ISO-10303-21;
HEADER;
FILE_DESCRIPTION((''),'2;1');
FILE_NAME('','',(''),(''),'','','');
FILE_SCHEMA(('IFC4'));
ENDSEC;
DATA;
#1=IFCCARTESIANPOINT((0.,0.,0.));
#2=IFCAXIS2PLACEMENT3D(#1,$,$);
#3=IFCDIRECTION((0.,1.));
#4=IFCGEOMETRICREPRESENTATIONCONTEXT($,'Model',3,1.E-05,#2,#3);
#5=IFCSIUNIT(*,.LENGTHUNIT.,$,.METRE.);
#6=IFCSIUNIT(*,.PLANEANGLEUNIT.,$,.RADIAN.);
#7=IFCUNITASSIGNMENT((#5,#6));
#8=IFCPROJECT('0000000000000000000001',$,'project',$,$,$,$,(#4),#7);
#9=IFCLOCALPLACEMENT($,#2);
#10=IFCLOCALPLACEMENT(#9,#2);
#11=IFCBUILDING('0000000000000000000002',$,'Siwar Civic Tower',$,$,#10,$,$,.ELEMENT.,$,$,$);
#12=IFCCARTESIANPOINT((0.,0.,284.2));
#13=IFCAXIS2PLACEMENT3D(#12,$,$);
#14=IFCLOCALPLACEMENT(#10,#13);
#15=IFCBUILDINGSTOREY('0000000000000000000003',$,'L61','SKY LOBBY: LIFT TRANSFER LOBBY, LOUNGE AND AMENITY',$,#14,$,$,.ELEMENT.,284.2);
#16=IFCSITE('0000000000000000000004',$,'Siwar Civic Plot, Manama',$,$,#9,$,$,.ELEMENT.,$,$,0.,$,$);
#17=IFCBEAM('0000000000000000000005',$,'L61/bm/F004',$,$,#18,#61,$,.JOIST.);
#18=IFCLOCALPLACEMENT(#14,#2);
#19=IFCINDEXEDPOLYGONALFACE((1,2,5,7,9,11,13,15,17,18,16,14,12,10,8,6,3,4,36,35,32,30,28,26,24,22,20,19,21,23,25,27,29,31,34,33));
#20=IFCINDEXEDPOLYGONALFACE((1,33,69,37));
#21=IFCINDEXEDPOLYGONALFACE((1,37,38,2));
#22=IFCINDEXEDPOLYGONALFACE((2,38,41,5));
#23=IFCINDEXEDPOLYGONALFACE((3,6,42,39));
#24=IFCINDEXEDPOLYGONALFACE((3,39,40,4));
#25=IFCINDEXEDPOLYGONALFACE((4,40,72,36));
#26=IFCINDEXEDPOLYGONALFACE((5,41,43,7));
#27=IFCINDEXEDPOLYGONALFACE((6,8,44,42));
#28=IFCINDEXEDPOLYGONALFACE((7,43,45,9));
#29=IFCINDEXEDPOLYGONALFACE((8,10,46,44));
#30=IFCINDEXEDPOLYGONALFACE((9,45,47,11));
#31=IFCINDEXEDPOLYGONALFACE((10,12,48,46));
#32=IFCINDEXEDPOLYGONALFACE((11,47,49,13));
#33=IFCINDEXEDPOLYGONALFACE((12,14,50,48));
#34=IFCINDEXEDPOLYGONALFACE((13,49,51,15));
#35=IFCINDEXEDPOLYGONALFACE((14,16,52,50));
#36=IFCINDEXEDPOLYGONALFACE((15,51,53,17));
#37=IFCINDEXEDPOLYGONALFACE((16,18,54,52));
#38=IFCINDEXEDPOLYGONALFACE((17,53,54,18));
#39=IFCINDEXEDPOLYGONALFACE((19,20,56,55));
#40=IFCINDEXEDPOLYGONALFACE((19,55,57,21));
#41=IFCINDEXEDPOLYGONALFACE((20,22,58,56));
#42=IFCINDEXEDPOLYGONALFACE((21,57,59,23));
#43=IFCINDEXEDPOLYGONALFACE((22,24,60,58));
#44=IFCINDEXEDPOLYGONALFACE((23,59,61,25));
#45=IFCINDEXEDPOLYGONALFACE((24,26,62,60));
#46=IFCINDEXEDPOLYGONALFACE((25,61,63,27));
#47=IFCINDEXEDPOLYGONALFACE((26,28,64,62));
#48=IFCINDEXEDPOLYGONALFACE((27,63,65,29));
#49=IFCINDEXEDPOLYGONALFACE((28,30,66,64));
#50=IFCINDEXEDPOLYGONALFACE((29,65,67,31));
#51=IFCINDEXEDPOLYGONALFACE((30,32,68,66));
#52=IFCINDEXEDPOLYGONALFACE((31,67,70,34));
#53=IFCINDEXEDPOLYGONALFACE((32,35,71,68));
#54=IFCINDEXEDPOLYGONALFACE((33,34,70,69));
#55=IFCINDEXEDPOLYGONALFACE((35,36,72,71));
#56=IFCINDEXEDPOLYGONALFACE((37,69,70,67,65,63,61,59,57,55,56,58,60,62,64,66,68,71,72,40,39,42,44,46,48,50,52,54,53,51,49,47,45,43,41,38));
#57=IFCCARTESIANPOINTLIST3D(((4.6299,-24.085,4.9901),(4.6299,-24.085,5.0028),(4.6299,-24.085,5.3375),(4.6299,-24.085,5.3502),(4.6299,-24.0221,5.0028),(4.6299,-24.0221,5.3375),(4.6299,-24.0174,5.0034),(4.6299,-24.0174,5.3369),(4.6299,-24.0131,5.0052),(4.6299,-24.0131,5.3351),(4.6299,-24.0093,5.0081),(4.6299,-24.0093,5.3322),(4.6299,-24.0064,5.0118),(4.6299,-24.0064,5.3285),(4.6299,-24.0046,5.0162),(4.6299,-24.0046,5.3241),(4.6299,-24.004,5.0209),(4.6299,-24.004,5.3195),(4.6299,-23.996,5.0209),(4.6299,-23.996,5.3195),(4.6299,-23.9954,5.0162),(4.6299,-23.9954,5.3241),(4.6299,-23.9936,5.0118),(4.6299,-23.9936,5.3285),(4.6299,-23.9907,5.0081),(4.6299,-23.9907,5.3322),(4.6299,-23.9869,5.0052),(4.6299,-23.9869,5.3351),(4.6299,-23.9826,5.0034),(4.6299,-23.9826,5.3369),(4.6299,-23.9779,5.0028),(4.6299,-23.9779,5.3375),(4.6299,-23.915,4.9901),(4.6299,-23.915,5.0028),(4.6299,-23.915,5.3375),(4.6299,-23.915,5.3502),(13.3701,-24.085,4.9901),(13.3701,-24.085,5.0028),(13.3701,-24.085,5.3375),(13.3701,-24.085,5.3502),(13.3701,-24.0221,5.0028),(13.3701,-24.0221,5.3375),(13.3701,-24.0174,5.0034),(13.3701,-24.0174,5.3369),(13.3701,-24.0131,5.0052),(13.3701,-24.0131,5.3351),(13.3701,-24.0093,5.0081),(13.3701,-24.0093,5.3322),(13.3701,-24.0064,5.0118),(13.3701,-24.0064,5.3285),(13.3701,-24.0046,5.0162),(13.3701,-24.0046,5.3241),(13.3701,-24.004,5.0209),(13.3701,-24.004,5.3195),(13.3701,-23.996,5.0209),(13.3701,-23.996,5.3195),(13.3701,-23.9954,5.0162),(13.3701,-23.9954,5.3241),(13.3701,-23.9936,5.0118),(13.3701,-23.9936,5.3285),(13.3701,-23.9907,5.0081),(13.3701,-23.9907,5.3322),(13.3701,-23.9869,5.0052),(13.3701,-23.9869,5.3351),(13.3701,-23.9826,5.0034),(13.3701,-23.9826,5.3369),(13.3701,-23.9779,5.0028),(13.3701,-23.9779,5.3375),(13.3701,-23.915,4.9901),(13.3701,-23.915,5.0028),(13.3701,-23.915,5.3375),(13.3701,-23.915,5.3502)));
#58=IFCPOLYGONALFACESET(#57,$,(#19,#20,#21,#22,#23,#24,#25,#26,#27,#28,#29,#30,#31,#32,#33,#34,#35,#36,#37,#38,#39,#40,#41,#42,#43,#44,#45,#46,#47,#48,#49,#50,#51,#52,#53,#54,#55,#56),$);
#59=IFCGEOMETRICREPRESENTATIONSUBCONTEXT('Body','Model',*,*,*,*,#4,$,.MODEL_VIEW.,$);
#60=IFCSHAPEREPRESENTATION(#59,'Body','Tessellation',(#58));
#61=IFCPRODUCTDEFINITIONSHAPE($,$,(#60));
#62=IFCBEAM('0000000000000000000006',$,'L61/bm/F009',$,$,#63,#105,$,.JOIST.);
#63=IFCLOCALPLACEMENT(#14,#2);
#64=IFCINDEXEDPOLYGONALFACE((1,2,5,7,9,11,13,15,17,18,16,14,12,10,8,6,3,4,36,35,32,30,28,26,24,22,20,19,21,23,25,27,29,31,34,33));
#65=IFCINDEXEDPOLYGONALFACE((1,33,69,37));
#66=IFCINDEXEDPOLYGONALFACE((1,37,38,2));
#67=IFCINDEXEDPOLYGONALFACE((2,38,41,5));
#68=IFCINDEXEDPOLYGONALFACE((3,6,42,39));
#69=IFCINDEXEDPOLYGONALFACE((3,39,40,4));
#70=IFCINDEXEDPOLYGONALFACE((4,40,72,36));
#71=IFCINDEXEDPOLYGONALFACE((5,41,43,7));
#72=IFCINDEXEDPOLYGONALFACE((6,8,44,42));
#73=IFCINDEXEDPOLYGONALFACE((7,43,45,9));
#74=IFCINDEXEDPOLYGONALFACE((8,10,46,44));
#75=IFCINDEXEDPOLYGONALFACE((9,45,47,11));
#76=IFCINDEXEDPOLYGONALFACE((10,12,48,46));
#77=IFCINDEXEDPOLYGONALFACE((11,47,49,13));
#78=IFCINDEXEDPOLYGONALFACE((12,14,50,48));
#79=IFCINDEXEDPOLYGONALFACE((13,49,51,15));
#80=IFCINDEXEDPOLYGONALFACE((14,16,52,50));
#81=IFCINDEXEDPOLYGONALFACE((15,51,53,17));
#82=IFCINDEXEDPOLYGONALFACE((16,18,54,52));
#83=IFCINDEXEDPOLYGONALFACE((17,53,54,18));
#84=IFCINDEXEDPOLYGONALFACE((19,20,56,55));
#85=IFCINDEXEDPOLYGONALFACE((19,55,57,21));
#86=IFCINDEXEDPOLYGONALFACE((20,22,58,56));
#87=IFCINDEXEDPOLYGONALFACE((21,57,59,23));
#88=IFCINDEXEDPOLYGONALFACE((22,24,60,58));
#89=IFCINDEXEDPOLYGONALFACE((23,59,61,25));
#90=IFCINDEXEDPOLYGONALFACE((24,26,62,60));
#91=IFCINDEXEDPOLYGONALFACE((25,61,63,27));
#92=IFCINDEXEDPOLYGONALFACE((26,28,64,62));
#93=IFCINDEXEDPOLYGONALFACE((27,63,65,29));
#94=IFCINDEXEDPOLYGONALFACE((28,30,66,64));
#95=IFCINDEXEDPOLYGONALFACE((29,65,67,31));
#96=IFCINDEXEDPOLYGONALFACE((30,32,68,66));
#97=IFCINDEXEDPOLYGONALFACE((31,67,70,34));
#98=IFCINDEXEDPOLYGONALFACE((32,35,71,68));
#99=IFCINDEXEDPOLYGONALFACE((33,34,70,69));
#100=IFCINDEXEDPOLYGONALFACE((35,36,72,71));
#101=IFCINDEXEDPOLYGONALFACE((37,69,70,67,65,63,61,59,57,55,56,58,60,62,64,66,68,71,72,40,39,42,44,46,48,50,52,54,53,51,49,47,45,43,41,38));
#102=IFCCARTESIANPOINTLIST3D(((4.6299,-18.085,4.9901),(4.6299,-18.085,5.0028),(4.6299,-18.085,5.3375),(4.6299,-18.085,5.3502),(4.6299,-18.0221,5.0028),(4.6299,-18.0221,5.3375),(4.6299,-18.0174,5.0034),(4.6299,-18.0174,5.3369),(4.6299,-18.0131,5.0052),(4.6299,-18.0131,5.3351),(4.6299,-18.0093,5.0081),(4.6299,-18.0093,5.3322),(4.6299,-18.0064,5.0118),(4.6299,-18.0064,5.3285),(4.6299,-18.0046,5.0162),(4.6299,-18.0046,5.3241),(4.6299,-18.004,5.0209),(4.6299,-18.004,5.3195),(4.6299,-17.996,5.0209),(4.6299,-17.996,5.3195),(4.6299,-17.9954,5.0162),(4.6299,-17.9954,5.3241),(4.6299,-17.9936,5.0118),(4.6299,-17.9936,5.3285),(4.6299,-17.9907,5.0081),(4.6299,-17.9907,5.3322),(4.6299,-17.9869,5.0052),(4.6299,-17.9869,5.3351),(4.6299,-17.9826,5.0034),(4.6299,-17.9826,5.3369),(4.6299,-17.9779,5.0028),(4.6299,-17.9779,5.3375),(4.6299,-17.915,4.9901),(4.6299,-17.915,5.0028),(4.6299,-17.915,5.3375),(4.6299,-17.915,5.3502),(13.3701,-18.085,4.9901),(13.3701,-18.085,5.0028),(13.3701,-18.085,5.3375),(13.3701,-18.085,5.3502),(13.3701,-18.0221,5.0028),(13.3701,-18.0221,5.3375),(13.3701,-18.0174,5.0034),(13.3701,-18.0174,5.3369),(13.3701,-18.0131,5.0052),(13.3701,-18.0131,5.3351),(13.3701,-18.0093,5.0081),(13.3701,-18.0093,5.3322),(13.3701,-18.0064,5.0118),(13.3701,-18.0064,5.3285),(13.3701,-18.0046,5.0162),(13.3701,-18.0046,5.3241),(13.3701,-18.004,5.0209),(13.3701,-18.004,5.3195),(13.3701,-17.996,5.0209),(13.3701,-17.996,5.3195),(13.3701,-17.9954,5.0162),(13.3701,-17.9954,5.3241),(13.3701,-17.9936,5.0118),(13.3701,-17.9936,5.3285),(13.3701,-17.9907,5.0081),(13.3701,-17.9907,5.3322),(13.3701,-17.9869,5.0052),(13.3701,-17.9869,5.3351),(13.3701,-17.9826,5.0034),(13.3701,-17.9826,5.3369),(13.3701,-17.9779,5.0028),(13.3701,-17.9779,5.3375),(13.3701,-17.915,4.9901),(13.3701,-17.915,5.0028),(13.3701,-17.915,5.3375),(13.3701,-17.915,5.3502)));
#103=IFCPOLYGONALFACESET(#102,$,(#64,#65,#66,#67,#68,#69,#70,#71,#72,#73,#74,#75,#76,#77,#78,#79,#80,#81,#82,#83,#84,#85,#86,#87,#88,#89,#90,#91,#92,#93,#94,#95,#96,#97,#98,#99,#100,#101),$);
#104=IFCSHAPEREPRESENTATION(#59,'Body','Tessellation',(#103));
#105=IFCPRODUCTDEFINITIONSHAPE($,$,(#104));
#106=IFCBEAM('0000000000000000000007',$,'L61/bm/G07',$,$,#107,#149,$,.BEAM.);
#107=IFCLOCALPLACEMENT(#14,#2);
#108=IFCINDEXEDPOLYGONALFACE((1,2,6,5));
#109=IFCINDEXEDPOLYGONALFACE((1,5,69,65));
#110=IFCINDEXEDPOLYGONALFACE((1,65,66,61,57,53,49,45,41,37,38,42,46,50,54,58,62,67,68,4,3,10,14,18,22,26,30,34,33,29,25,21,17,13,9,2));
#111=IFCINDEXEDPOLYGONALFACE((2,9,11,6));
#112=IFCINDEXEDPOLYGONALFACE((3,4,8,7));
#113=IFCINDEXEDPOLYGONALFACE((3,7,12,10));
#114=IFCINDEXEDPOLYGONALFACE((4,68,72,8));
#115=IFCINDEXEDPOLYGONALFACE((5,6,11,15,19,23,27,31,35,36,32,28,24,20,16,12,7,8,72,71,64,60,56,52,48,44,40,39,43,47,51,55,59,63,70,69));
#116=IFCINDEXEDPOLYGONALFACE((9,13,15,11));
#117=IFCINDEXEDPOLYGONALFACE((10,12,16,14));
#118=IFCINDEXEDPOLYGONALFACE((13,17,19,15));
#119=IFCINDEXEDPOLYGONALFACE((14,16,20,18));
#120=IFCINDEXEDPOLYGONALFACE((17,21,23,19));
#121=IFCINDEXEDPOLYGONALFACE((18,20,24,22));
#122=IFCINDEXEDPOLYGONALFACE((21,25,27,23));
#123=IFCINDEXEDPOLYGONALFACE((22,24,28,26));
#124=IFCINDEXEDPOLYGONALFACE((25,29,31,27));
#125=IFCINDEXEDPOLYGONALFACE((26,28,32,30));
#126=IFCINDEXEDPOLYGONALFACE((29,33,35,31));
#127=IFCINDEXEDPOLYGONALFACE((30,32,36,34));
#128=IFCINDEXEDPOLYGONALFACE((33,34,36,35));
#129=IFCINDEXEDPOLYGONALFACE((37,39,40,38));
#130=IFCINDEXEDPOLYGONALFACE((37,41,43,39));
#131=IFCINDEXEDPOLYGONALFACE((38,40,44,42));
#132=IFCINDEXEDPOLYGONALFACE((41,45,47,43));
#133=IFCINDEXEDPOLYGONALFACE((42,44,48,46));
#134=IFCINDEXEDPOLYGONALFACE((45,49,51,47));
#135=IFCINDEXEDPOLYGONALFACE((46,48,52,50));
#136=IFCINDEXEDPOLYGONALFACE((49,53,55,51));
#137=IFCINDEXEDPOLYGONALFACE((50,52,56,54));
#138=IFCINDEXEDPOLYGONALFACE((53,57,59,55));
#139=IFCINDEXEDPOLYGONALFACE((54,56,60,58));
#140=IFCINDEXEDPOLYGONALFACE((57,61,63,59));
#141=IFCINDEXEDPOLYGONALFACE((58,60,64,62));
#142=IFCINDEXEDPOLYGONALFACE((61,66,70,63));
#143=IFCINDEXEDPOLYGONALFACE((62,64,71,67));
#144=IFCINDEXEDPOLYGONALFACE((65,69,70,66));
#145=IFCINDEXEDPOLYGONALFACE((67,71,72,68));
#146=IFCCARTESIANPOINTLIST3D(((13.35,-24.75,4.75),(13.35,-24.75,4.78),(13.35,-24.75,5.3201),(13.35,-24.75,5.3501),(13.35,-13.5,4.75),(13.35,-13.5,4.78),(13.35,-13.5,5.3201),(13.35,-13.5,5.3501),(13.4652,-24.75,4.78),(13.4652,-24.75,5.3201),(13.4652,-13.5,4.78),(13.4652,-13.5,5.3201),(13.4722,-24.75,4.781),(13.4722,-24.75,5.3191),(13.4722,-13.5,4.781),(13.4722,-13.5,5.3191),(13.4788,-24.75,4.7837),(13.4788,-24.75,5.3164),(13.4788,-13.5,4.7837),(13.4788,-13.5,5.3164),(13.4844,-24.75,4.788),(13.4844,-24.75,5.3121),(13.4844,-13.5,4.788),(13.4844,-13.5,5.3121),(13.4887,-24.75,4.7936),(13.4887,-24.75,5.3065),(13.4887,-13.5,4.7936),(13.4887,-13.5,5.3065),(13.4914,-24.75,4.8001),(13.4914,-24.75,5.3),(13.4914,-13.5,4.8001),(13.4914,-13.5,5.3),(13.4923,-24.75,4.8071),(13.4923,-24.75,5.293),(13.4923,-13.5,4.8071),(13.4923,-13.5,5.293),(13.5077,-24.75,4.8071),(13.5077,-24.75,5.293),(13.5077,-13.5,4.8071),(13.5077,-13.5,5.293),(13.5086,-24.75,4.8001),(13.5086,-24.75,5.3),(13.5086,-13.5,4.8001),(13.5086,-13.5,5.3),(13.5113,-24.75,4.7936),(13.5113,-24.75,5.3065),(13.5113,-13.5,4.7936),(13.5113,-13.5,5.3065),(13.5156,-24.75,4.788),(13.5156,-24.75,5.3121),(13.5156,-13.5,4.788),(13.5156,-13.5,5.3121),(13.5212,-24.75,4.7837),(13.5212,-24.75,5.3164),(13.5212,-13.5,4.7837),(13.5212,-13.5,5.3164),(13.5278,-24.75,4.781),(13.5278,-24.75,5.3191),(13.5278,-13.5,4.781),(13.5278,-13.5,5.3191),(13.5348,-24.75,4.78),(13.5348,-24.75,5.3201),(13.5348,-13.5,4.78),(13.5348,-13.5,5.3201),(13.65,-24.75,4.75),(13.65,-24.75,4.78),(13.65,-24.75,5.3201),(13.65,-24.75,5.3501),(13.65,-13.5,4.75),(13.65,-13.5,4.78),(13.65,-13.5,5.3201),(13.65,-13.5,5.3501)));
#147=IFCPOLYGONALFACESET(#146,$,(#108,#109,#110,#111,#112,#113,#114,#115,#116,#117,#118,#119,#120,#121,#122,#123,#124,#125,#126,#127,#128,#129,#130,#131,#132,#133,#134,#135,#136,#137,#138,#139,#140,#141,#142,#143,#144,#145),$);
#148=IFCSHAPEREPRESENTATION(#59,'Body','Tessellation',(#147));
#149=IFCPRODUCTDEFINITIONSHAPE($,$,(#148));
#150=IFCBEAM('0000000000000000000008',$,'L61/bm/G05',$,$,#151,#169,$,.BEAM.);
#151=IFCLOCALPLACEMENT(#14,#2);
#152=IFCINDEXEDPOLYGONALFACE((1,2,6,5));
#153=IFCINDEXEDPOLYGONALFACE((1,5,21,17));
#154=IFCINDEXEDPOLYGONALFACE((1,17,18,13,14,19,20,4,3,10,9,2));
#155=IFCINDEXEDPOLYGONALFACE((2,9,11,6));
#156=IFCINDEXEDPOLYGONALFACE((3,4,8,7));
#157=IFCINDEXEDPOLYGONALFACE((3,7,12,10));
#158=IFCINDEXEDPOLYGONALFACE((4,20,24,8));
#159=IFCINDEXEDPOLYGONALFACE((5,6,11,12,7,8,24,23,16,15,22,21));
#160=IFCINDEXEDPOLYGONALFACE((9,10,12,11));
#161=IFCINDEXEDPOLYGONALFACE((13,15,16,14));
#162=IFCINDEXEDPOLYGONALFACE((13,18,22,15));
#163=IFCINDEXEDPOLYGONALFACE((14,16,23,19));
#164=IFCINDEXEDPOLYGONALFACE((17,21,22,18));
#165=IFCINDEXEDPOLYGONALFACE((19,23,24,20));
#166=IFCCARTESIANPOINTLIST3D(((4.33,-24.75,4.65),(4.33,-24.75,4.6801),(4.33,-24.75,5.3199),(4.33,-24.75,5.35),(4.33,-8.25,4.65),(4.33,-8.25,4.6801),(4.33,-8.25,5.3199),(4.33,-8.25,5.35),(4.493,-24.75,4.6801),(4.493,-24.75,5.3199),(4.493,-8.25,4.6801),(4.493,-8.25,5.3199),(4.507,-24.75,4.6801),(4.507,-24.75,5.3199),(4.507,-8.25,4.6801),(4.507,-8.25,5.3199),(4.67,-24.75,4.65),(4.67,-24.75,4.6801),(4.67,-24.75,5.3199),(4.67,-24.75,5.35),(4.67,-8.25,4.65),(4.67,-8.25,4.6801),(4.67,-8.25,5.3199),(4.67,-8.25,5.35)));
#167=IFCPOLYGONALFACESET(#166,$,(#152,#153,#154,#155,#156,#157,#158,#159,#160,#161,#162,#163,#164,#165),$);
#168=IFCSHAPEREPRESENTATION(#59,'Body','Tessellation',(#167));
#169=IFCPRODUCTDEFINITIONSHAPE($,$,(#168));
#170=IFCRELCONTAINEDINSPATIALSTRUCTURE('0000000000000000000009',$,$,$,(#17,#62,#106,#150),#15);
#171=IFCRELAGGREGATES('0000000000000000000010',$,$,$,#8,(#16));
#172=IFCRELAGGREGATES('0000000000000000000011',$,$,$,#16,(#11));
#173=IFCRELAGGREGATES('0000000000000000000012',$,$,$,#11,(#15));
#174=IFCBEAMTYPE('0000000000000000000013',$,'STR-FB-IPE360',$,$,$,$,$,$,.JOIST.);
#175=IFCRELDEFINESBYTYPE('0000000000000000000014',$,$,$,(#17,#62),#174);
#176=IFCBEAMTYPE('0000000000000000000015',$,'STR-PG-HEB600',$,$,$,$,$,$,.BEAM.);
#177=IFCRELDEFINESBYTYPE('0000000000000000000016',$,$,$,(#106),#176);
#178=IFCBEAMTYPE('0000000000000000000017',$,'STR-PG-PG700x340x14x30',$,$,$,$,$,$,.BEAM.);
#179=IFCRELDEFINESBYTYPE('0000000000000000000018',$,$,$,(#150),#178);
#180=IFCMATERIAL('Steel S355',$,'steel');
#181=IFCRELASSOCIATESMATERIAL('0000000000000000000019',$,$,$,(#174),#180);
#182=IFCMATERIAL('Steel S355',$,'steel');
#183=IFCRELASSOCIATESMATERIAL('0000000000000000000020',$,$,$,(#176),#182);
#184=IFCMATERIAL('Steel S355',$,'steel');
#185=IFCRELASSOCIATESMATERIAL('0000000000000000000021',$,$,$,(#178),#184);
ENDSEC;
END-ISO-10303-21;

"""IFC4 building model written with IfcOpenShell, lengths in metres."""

from ifc_helpers import new_model, si_unit, direction, frame, origin, origin_2d, place, context, subcontext, project, spatial, i_section, extrude, material, material_profile, profile_set, type_object, element, save


model = new_model("IFC4")

# Units and contexts
model_context = context("Model", 3, precision=1e-05, world=origin(), true_north=direction((0.0, 1.0)))
body_context = subcontext(model_context, "Body", "Model", "MODEL_VIEW")
ifc_project = project(units=[si_unit("LENGTHUNIT", "METRE"), si_unit("PLANEANGLEUNIT", "RADIAN")], contexts=[model_context])

# Site, building, storey
site_placement = place(None, origin())
site = spatial("IfcSite", under=ifc_project, at=site_placement, Name="Siwar Civic Plot, Manama", CompositionType="ELEMENT", RefElevation=0.0)
building_placement = place(site_placement, origin())
building = spatial("IfcBuilding", under=site, at=building_placement, Name="Siwar Civic Tower", CompositionType="ELEMENT")
storey_placement = place(building_placement, frame((0.0, 0.0, 284.2)))
storey = spatial("IfcBuildingStorey", under=building, at=storey_placement, Name="L61", Description="SKY LOBBY: LIFT TRANSFER LOBBY, LOUNGE AND AMENITY", CompositionType="ELEMENT", Elevation=284.2)

# Beams
ifc_material_1 = material(Name="Steel S355", Category="steel")
ifc_material_profile_1 = material_profile(ifc_material_1, i_section(OverallWidth=0.1699, OverallDepth=0.3601, WebThickness=0.0081, FlangeThickness=0.0127, FilletRadius=0.0181, at=origin_2d()), Name="IPE360")
ifc_profile_set_1 = profile_set([ifc_material_profile_1], Name="Steel S355")
beam_type_1 = type_object("IfcBeamType", Name="STR-FB-IPE360", PredefinedType="JOIST", material=ifc_profile_set_1)
for number, where, z_axis, x_axis, name in (
    (1, (4.6299, -24.0, 5.1702), (1.0, 0.0, 0.0), (0.0, 1.0, 0.0), "L61/bm/F004"),
    (2, (4.6299, -18.0, 5.1702), (1.0, 0.0, 0.0), (0.0, 1.0, 0.0), "L61/bm/F009"),
):
    element("IfcBeam", number, at=place(storey_placement, frame(where, z_axis=z_axis, x_axis=x_axis)), inside=storey, type_object=beam_type_1, Name=name, PredefinedType="JOIST", context=body_context, shape_type="SweptSolid", body=[
        extrude(i_section(OverallWidth=0.1699, OverallDepth=0.3601, WebThickness=0.0081, FlangeThickness=0.0127, FilletRadius=0.0181, at=origin_2d()), origin(), (0.0, 0.0, 1.0), 8.7402),
    ])
ifc_material_2 = material(Name="Steel S355", Category="steel")
ifc_material_profile_2 = material_profile(ifc_material_2, i_section(OverallWidth=0.3, OverallDepth=0.6001, WebThickness=0.0154, FlangeThickness=0.03, FilletRadius=0.0271, at=origin_2d()), Name="HEB600")
ifc_profile_set_2 = profile_set([ifc_material_profile_2], Name="Steel S355")
beam_type_2 = type_object("IfcBeamType", Name="STR-PG-HEB600", PredefinedType="BEAM", material=ifc_profile_set_2)
beam_1_placement = place(storey_placement, frame((13.5, -24.75, 5.05), z_axis=(0.0, 1.0, 0.0), x_axis=(-1.0, 0.0, 0.0)))
element("IfcBeam", 3, at=beam_1_placement, inside=storey, type_object=beam_type_2, Name="L61/bm/G07", PredefinedType="BEAM", context=body_context, shape_type="SweptSolid", body=[
    extrude(i_section(OverallWidth=0.3, OverallDepth=0.6001, WebThickness=0.0154, FlangeThickness=0.03, FilletRadius=0.0271, at=origin_2d()), origin(), (0.0, 0.0, 1.0), 11.25),
])
ifc_material_3 = material(Name="Steel S355", Category="steel")
ifc_material_profile_3 = material_profile(ifc_material_3, i_section(OverallWidth=0.3401, OverallDepth=0.7, WebThickness=0.0139, FlangeThickness=0.03, at=origin_2d()), Name="PG700x340x14x30")
ifc_profile_set_3 = profile_set([ifc_material_profile_3], Name="Steel S355")
beam_type_3 = type_object("IfcBeamType", Name="STR-PG-PG700x340x14x30", PredefinedType="BEAM", material=ifc_profile_set_3)
beam_2_placement = place(storey_placement, frame((4.5, -24.75, 5.0), z_axis=(0.0, 1.0, 0.0), x_axis=(-1.0, 0.0, 0.0)))
element("IfcBeam", 4, at=beam_2_placement, inside=storey, type_object=beam_type_3, Name="L61/bm/G05", PredefinedType="BEAM", context=body_context, shape_type="SweptSolid", body=[
    extrude(i_section(OverallWidth=0.3401, OverallDepth=0.7, WebThickness=0.0139, FlangeThickness=0.03, at=origin_2d()), origin(), (0.0, 0.0, 1.0), 16.5),
])

save(model, "model.ifc")
